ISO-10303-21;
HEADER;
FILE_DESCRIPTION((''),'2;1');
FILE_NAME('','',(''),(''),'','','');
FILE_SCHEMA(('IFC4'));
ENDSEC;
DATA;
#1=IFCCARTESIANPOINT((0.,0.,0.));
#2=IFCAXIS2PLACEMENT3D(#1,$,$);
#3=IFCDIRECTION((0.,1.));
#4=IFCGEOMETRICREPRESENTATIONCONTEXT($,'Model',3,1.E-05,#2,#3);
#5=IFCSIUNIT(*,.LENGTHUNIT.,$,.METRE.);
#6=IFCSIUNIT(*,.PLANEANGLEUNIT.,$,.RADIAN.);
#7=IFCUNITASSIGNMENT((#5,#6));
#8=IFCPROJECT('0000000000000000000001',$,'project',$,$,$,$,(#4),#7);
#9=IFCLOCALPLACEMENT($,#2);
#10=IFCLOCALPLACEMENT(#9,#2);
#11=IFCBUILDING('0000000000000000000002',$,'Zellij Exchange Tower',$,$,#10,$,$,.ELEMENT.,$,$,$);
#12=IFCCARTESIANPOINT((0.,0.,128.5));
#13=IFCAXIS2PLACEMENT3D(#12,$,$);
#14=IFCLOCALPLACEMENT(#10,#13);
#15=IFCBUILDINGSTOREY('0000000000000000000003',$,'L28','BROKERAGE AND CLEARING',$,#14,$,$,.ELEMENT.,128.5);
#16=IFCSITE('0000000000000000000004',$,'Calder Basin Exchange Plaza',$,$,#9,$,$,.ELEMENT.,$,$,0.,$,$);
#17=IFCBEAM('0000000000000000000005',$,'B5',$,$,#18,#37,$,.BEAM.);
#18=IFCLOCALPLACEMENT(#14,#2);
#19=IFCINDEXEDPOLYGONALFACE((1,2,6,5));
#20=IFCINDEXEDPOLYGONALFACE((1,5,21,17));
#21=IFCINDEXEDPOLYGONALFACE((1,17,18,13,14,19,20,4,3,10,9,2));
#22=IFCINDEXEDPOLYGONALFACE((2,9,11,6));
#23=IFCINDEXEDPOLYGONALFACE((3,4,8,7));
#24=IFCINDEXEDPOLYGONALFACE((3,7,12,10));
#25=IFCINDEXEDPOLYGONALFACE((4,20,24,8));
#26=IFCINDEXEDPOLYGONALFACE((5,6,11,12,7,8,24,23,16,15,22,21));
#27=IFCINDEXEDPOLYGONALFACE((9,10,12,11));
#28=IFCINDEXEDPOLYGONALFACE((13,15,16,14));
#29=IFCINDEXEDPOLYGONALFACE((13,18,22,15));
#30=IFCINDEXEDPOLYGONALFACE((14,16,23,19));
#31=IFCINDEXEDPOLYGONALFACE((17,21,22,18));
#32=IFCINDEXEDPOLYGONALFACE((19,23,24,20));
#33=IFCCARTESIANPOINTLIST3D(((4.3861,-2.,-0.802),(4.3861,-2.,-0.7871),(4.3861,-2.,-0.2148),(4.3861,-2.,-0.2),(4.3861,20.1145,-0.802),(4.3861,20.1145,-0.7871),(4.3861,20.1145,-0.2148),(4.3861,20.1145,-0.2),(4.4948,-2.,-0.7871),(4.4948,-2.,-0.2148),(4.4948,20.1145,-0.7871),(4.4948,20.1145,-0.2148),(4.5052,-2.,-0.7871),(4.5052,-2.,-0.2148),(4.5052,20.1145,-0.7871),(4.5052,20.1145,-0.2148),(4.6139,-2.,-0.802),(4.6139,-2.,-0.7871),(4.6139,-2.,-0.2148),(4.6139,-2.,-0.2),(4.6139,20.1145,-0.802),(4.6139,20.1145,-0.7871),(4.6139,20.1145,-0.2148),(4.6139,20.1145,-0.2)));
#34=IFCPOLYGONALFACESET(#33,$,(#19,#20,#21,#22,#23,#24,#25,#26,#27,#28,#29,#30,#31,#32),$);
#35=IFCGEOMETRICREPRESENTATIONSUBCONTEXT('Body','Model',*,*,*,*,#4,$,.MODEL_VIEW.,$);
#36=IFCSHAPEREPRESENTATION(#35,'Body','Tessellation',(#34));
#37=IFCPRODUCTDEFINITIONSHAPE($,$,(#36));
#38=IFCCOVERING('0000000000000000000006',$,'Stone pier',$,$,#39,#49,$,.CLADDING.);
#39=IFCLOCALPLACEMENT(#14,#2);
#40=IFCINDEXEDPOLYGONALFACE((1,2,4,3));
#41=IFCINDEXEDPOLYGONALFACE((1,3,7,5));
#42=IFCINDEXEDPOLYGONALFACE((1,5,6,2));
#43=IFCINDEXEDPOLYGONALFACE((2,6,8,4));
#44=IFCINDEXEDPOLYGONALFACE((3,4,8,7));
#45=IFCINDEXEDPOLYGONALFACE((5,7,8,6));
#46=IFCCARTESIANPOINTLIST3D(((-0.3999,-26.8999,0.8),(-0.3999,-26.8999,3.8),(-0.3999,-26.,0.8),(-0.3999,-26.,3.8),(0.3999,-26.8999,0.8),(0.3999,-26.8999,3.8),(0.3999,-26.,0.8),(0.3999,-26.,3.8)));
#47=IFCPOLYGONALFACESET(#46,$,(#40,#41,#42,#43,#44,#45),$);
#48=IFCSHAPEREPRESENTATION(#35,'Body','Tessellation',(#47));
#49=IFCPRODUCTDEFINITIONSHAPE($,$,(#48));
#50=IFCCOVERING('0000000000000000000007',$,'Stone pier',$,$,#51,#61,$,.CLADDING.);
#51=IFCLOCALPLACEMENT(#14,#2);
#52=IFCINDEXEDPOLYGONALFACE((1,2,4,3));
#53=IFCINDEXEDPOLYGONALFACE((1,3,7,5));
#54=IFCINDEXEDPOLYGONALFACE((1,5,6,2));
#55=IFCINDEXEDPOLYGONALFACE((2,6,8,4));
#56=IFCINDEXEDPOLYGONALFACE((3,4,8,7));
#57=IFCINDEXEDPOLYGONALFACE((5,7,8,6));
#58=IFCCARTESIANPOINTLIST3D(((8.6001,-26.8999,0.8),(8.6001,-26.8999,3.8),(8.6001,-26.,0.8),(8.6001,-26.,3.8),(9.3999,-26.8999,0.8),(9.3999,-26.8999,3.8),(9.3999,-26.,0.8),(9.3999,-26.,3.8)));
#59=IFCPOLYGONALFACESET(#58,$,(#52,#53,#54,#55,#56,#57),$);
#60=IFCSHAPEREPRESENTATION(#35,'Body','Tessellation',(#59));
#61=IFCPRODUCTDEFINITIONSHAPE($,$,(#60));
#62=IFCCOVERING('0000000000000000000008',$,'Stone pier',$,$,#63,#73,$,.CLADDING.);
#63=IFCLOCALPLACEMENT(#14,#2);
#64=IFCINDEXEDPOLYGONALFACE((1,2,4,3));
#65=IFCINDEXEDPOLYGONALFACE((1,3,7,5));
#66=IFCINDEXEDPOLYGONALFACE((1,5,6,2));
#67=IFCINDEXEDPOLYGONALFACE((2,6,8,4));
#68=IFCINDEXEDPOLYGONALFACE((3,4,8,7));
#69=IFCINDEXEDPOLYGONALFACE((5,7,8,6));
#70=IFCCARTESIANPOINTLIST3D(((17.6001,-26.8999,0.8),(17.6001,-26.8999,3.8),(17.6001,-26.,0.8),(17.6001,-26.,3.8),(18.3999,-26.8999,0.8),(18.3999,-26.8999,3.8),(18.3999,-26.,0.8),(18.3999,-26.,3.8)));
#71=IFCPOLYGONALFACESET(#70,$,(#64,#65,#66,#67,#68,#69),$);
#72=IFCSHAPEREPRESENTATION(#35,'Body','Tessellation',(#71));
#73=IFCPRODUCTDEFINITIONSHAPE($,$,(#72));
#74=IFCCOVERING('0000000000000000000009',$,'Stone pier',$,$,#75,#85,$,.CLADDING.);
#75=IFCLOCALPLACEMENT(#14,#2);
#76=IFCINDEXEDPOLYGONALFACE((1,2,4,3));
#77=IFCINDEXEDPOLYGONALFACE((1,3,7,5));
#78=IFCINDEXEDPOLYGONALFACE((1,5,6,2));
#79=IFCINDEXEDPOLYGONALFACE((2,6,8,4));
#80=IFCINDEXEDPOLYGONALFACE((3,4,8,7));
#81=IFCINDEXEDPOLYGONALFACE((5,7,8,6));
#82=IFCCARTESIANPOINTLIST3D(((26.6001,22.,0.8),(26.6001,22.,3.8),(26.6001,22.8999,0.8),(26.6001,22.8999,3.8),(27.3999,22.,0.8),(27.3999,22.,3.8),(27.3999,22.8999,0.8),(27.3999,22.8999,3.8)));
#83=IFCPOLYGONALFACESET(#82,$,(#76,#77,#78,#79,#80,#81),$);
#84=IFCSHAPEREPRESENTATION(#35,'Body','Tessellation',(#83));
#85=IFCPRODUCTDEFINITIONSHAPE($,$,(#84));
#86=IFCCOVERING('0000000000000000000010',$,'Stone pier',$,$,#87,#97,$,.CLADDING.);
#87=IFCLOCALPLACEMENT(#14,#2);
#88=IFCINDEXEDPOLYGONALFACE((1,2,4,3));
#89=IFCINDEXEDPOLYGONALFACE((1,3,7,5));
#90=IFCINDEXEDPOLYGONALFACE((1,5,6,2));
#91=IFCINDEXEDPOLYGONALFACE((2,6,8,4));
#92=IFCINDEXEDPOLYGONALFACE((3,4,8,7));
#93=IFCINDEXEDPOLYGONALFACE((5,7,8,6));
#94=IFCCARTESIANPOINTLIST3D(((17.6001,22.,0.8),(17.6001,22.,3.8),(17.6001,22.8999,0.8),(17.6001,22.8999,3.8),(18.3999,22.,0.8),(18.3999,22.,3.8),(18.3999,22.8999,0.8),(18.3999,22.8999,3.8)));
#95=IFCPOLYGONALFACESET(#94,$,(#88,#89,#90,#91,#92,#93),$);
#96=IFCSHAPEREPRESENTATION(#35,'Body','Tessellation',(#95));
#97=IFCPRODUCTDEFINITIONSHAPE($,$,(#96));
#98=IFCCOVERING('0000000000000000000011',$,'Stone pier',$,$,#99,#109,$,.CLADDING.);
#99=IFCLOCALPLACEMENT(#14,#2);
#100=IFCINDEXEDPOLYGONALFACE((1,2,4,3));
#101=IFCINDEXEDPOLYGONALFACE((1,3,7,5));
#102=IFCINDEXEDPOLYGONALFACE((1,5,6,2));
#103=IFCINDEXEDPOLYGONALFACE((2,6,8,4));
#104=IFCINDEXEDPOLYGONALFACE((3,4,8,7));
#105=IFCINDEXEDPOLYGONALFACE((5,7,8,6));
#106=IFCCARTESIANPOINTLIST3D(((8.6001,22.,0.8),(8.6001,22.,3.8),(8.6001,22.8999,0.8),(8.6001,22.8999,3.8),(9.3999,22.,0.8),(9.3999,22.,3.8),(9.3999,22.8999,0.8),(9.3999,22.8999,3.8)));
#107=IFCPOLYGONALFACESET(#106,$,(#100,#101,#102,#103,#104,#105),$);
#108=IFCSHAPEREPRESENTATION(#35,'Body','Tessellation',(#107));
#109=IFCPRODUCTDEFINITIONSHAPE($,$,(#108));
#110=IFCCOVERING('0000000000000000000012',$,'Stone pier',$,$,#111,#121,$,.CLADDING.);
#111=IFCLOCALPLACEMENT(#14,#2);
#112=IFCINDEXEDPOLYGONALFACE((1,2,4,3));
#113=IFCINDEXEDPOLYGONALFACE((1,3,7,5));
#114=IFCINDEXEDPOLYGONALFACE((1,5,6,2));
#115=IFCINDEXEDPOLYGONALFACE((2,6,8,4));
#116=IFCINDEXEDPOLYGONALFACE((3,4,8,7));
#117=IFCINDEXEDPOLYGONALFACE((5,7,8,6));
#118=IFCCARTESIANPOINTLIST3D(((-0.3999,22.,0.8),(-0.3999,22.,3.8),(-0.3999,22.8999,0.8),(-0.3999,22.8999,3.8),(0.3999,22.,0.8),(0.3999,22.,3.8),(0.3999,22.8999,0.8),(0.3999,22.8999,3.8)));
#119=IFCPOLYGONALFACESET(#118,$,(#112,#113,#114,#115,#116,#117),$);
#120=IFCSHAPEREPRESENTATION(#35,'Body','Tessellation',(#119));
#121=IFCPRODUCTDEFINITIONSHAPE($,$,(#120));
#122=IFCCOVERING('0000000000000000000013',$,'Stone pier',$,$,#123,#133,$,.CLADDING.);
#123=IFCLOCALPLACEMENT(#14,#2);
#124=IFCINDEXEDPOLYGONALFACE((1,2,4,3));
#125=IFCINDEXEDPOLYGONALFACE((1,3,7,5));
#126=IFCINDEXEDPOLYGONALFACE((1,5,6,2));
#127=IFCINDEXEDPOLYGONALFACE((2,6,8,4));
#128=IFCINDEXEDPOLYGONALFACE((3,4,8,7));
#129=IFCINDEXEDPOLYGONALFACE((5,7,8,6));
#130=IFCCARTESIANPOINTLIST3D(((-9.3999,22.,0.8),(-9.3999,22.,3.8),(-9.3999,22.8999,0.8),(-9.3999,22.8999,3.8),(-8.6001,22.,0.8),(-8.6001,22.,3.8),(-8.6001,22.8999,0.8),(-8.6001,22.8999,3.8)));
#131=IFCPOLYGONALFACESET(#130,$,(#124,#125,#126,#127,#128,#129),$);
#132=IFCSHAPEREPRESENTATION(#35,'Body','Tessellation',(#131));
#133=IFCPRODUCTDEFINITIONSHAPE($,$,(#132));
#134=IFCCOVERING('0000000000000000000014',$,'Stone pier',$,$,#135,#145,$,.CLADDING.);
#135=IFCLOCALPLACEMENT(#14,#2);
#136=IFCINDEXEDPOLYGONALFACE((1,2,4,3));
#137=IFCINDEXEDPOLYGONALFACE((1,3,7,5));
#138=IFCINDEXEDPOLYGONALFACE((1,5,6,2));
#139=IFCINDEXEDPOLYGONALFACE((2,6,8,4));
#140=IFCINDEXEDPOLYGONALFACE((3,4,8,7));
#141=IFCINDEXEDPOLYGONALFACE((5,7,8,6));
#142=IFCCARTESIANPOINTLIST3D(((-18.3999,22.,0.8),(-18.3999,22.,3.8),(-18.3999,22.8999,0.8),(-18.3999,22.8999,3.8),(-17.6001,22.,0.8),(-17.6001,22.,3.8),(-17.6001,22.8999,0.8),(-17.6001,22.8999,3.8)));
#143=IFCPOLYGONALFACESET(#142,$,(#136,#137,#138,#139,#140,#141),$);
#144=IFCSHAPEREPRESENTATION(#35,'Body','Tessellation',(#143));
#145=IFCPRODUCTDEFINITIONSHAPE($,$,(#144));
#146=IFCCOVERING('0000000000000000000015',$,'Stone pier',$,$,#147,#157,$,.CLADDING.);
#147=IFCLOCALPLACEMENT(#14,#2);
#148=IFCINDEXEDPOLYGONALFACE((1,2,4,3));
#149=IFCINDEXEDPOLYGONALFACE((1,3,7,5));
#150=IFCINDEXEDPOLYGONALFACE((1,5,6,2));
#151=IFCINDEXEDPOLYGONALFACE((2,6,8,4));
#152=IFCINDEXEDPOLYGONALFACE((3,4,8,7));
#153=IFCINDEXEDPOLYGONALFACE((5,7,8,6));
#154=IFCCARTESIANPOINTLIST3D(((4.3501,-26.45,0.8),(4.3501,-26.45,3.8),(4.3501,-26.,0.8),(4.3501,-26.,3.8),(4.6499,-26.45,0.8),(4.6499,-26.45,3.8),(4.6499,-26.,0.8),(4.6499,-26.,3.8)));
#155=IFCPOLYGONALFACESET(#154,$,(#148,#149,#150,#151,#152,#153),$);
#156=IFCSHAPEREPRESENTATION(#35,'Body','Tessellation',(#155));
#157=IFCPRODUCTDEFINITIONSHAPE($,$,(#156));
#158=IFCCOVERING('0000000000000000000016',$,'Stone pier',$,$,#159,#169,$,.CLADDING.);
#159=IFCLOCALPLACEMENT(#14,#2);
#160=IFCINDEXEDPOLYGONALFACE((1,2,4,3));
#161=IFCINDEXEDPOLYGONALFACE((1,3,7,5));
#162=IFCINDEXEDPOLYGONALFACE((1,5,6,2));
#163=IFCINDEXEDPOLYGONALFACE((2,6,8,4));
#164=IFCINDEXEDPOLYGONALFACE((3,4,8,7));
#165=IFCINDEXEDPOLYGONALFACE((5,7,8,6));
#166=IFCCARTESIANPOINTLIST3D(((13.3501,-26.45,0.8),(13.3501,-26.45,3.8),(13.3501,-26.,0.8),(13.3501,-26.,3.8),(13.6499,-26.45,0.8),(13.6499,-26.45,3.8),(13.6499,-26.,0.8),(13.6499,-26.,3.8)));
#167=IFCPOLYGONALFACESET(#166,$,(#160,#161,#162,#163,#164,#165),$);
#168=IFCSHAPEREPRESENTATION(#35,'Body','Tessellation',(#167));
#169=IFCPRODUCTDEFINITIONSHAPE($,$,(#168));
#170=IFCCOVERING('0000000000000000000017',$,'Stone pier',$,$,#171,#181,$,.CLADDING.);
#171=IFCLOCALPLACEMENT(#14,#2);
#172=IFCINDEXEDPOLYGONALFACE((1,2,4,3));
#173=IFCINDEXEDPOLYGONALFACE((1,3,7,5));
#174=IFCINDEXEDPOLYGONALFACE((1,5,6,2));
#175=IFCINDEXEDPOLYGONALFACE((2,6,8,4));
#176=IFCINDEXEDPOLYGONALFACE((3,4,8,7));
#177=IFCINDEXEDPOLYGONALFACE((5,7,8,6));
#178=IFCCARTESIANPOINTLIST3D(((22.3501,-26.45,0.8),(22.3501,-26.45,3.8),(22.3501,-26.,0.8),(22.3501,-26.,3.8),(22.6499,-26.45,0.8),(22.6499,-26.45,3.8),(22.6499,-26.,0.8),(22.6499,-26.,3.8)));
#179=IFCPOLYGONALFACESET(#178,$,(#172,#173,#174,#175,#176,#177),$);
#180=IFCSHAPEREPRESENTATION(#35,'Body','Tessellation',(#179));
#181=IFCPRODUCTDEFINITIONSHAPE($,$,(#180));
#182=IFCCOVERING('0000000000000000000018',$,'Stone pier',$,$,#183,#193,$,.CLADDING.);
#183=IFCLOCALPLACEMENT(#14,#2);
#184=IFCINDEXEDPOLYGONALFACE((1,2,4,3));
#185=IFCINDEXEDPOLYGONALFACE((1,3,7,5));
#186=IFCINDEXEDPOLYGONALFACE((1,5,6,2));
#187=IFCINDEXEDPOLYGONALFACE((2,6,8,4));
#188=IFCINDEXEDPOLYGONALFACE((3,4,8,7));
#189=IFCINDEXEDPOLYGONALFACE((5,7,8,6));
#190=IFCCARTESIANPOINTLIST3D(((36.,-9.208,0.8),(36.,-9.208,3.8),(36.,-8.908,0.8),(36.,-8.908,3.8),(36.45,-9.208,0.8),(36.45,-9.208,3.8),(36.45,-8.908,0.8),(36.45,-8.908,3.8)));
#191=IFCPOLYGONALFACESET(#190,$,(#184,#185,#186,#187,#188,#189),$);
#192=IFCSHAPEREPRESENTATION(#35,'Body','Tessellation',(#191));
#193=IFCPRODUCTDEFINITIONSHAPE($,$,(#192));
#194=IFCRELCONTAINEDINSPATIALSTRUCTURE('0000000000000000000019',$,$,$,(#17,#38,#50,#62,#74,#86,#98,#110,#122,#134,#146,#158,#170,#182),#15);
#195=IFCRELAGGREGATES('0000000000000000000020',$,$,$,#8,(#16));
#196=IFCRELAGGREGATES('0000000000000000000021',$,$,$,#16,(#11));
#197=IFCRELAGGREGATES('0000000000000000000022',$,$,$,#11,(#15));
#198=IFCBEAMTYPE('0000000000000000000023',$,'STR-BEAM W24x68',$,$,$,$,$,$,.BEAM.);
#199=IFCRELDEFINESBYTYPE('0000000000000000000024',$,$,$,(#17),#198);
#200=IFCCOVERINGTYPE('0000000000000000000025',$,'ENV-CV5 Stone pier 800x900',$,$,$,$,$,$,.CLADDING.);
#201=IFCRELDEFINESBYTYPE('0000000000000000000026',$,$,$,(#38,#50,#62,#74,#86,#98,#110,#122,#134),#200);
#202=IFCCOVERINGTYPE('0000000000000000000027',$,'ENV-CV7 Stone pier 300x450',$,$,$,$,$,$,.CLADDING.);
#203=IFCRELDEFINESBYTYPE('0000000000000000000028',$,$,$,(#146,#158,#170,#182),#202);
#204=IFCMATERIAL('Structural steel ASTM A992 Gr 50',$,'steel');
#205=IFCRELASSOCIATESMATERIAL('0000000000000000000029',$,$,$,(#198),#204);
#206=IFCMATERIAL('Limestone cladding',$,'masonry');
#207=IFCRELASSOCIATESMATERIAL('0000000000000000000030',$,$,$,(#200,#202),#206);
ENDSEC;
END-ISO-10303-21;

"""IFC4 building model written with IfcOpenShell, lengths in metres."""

from ifc_helpers import new_model, si_unit, direction, frame, origin, origin_2d, place, context, subcontext, project, spatial, polyline, i_section, outline, extrude, material, material_profile, profile_set, type_object, element, save


model = new_model("IFC4")

# Units and contexts
model_context = context("Model", 3, precision=1e-05, world=origin(), true_north=direction((0.0, 1.0)))
body_context = subcontext(model_context, "Body", "Model", "MODEL_VIEW")
ifc_project = project(units=[si_unit("LENGTHUNIT", "METRE"), si_unit("PLANEANGLEUNIT", "RADIAN")], contexts=[model_context])

# Site, building, storey
site_placement = place(None, origin())
site = spatial("IfcSite", under=ifc_project, at=site_placement, Name="Calder Basin Exchange Plaza", CompositionType="ELEMENT", RefElevation=0.0)
building_placement = place(site_placement, origin())
building = spatial("IfcBuilding", under=site, at=building_placement, Name="Zellij Exchange Tower", CompositionType="ELEMENT")
storey_placement = place(building_placement, frame((0.0, 0.0, 128.5)))
storey = spatial("IfcBuildingStorey", under=building, at=storey_placement, Name="L28", Description="BROKERAGE AND CLEARING", CompositionType="ELEMENT", Elevation=128.5)

# Beam
ifc_material_1 = material(Name="Structural steel ASTM A992 Gr 50", Category="steel")
ifc_material_profile = material_profile(ifc_material_1, i_section(OverallWidth=0.2278, OverallDepth=0.6021, WebThickness=0.0105, FlangeThickness=0.0149, at=origin_2d()), Name="W24x68")
ifc_profile_set = profile_set([ifc_material_profile], Name="Structural steel ASTM A992 Gr 50")
beam_type = type_object("IfcBeamType", Name="STR-BEAM W24x68", PredefinedType="BEAM", material=ifc_profile_set)
beam_placement = place(storey_placement, frame((4.5, -2.0, -0.501), z_axis=(0.0, 1.0, 0.0), x_axis=(-1.0, 0.0, 0.0)))
element("IfcBeam", 1, at=beam_placement, inside=storey, type_object=beam_type, Name="B5", PredefinedType="BEAM", context=body_context, shape_type="SweptSolid", body=[
    extrude(i_section(OverallWidth=0.2278, OverallDepth=0.6021, WebThickness=0.0105, FlangeThickness=0.0149, at=origin_2d()), origin(), (0.0, 0.0, 1.0), 22.1145),
])

# Coverings
ifc_material_2 = material(Name="Limestone cladding", Category="masonry")
covering_type_1 = type_object("IfcCoveringType", Name="ENV-CV5 Stone pier 800x900", PredefinedType="CLADDING", material=ifc_material_2)
covering_1_placement = place(storey_placement, frame((0.0, 0.0, 0.8)))
element("IfcCovering", 2, at=covering_1_placement, inside=storey, type_object=covering_type_1, Name="Stone pier", PredefinedType="CLADDING", context=body_context, shape_type="SweptSolid", body=[
    extrude(outline(polyline([(-0.3999, -26.0), (0.3999, -26.0), (0.3999, -26.8999), (-0.3999, -26.8999), (-0.3999, -26.0)])), origin(), (0.0, 0.0, 1.0), 3.0),
])
covering_2_placement = place(storey_placement, frame((0.0, 0.0, 0.8)))
element("IfcCovering", 3, at=covering_2_placement, inside=storey, type_object=covering_type_1, Name="Stone pier", PredefinedType="CLADDING", context=body_context, shape_type="SweptSolid", body=[
    extrude(outline(polyline([(8.6001, -26.0), (9.3999, -26.0), (9.3999, -26.8999), (8.6001, -26.8999), (8.6001, -26.0)])), origin(), (0.0, 0.0, 1.0), 3.0),
])
covering_3_placement = place(storey_placement, frame((0.0, 0.0, 0.8)))
element("IfcCovering", 4, at=covering_3_placement, inside=storey, type_object=covering_type_1, Name="Stone pier", PredefinedType="CLADDING", context=body_context, shape_type="SweptSolid", body=[
    extrude(outline(polyline([(17.6001, -26.0), (18.3999, -26.0), (18.3999, -26.8999), (17.6001, -26.8999), (17.6001, -26.0)])), origin(), (0.0, 0.0, 1.0), 3.0),
])
covering_4_placement = place(storey_placement, frame((0.0, 0.0, 0.8)))
element("IfcCovering", 5, at=covering_4_placement, inside=storey, type_object=covering_type_1, Name="Stone pier", PredefinedType="CLADDING", context=body_context, shape_type="SweptSolid", body=[
    extrude(outline(polyline([(27.3999, 22.0), (26.6001, 22.0), (26.6001, 22.8999), (27.3999, 22.8999), (27.3999, 22.0)])), origin(), (0.0, 0.0, 1.0), 3.0),
])
covering_5_placement = place(storey_placement, frame((0.0, 0.0, 0.8)))
element("IfcCovering", 6, at=covering_5_placement, inside=storey, type_object=covering_type_1, Name="Stone pier", PredefinedType="CLADDING", context=body_context, shape_type="SweptSolid", body=[
    extrude(outline(polyline([(18.3999, 22.0), (17.6001, 22.0), (17.6001, 22.8999), (18.3999, 22.8999), (18.3999, 22.0)])), origin(), (0.0, 0.0, 1.0), 3.0),
])
covering_6_placement = place(storey_placement, frame((0.0, 0.0, 0.8)))
element("IfcCovering", 7, at=covering_6_placement, inside=storey, type_object=covering_type_1, Name="Stone pier", PredefinedType="CLADDING", context=body_context, shape_type="SweptSolid", body=[
    extrude(outline(polyline([(9.3999, 22.0), (8.6001, 22.0), (8.6001, 22.8999), (9.3999, 22.8999), (9.3999, 22.0)])), origin(), (0.0, 0.0, 1.0), 3.0),
])
covering_7_placement = place(storey_placement, frame((0.0, 0.0, 0.8)))
element("IfcCovering", 8, at=covering_7_placement, inside=storey, type_object=covering_type_1, Name="Stone pier", PredefinedType="CLADDING", context=body_context, shape_type="SweptSolid", body=[
    extrude(outline(polyline([(0.3999, 22.0), (-0.3999, 22.0), (-0.3999, 22.8999), (0.3999, 22.8999), (0.3999, 22.0)])), origin(), (0.0, 0.0, 1.0), 3.0),
])
covering_8_placement = place(storey_placement, frame((0.0, 0.0, 0.8)))
element("IfcCovering", 9, at=covering_8_placement, inside=storey, type_object=covering_type_1, Name="Stone pier", PredefinedType="CLADDING", context=body_context, shape_type="SweptSolid", body=[
    extrude(outline(polyline([(-8.6001, 22.0), (-9.3999, 22.0), (-9.3999, 22.8999), (-8.6001, 22.8999), (-8.6001, 22.0)])), origin(), (0.0, 0.0, 1.0), 3.0),
])
covering_9_placement = place(storey_placement, frame((0.0, 0.0, 0.8)))
element("IfcCovering", 10, at=covering_9_placement, inside=storey, type_object=covering_type_1, Name="Stone pier", PredefinedType="CLADDING", context=body_context, shape_type="SweptSolid", body=[
    extrude(outline(polyline([(-17.6001, 22.0), (-18.3999, 22.0), (-18.3999, 22.8999), (-17.6001, 22.8999), (-17.6001, 22.0)])), origin(), (0.0, 0.0, 1.0), 3.0),
])
covering_type_2 = type_object("IfcCoveringType", Name="ENV-CV7 Stone pier 300x450", PredefinedType="CLADDING", material=ifc_material_2)
covering_10_placement = place(storey_placement, frame((0.0, 0.0, 0.8)))
element("IfcCovering", 11, at=covering_10_placement, inside=storey, type_object=covering_type_2, Name="Stone pier", PredefinedType="CLADDING", context=body_context, shape_type="SweptSolid", body=[
    extrude(outline(polyline([(4.3501, -26.0), (4.6499, -26.0), (4.6499, -26.45), (4.3501, -26.45), (4.3501, -26.0)])), origin(), (0.0, 0.0, 1.0), 3.0),
])
covering_11_placement = place(storey_placement, frame((0.0, 0.0, 0.8)))
element("IfcCovering", 12, at=covering_11_placement, inside=storey, type_object=covering_type_2, Name="Stone pier", PredefinedType="CLADDING", context=body_context, shape_type="SweptSolid", body=[
    extrude(outline(polyline([(13.3501, -26.0), (13.6499, -26.0), (13.6499, -26.45), (13.3501, -26.45), (13.3501, -26.0)])), origin(), (0.0, 0.0, 1.0), 3.0),
])
covering_12_placement = place(storey_placement, frame((0.0, 0.0, 0.8)))
element("IfcCovering", 13, at=covering_12_placement, inside=storey, type_object=covering_type_2, Name="Stone pier", PredefinedType="CLADDING", context=body_context, shape_type="SweptSolid", body=[
    extrude(outline(polyline([(22.3501, -26.0), (22.6499, -26.0), (22.6499, -26.45), (22.3501, -26.45), (22.3501, -26.0)])), origin(), (0.0, 0.0, 1.0), 3.0),
])
covering_13_placement = place(storey_placement, frame((0.0, 0.0, 0.8)))
element("IfcCovering", 14, at=covering_13_placement, inside=storey, type_object=covering_type_2, Name="Stone pier", PredefinedType="CLADDING", context=body_context, shape_type="SweptSolid", body=[
    extrude(outline(polyline([(36.0, -9.208), (36.0, -8.908), (36.45, -8.908), (36.45, -9.208), (36.0, -9.208)])), origin(), (0.0, 0.0, 1.0), 3.0),
])

save(model, "model.ifc")
